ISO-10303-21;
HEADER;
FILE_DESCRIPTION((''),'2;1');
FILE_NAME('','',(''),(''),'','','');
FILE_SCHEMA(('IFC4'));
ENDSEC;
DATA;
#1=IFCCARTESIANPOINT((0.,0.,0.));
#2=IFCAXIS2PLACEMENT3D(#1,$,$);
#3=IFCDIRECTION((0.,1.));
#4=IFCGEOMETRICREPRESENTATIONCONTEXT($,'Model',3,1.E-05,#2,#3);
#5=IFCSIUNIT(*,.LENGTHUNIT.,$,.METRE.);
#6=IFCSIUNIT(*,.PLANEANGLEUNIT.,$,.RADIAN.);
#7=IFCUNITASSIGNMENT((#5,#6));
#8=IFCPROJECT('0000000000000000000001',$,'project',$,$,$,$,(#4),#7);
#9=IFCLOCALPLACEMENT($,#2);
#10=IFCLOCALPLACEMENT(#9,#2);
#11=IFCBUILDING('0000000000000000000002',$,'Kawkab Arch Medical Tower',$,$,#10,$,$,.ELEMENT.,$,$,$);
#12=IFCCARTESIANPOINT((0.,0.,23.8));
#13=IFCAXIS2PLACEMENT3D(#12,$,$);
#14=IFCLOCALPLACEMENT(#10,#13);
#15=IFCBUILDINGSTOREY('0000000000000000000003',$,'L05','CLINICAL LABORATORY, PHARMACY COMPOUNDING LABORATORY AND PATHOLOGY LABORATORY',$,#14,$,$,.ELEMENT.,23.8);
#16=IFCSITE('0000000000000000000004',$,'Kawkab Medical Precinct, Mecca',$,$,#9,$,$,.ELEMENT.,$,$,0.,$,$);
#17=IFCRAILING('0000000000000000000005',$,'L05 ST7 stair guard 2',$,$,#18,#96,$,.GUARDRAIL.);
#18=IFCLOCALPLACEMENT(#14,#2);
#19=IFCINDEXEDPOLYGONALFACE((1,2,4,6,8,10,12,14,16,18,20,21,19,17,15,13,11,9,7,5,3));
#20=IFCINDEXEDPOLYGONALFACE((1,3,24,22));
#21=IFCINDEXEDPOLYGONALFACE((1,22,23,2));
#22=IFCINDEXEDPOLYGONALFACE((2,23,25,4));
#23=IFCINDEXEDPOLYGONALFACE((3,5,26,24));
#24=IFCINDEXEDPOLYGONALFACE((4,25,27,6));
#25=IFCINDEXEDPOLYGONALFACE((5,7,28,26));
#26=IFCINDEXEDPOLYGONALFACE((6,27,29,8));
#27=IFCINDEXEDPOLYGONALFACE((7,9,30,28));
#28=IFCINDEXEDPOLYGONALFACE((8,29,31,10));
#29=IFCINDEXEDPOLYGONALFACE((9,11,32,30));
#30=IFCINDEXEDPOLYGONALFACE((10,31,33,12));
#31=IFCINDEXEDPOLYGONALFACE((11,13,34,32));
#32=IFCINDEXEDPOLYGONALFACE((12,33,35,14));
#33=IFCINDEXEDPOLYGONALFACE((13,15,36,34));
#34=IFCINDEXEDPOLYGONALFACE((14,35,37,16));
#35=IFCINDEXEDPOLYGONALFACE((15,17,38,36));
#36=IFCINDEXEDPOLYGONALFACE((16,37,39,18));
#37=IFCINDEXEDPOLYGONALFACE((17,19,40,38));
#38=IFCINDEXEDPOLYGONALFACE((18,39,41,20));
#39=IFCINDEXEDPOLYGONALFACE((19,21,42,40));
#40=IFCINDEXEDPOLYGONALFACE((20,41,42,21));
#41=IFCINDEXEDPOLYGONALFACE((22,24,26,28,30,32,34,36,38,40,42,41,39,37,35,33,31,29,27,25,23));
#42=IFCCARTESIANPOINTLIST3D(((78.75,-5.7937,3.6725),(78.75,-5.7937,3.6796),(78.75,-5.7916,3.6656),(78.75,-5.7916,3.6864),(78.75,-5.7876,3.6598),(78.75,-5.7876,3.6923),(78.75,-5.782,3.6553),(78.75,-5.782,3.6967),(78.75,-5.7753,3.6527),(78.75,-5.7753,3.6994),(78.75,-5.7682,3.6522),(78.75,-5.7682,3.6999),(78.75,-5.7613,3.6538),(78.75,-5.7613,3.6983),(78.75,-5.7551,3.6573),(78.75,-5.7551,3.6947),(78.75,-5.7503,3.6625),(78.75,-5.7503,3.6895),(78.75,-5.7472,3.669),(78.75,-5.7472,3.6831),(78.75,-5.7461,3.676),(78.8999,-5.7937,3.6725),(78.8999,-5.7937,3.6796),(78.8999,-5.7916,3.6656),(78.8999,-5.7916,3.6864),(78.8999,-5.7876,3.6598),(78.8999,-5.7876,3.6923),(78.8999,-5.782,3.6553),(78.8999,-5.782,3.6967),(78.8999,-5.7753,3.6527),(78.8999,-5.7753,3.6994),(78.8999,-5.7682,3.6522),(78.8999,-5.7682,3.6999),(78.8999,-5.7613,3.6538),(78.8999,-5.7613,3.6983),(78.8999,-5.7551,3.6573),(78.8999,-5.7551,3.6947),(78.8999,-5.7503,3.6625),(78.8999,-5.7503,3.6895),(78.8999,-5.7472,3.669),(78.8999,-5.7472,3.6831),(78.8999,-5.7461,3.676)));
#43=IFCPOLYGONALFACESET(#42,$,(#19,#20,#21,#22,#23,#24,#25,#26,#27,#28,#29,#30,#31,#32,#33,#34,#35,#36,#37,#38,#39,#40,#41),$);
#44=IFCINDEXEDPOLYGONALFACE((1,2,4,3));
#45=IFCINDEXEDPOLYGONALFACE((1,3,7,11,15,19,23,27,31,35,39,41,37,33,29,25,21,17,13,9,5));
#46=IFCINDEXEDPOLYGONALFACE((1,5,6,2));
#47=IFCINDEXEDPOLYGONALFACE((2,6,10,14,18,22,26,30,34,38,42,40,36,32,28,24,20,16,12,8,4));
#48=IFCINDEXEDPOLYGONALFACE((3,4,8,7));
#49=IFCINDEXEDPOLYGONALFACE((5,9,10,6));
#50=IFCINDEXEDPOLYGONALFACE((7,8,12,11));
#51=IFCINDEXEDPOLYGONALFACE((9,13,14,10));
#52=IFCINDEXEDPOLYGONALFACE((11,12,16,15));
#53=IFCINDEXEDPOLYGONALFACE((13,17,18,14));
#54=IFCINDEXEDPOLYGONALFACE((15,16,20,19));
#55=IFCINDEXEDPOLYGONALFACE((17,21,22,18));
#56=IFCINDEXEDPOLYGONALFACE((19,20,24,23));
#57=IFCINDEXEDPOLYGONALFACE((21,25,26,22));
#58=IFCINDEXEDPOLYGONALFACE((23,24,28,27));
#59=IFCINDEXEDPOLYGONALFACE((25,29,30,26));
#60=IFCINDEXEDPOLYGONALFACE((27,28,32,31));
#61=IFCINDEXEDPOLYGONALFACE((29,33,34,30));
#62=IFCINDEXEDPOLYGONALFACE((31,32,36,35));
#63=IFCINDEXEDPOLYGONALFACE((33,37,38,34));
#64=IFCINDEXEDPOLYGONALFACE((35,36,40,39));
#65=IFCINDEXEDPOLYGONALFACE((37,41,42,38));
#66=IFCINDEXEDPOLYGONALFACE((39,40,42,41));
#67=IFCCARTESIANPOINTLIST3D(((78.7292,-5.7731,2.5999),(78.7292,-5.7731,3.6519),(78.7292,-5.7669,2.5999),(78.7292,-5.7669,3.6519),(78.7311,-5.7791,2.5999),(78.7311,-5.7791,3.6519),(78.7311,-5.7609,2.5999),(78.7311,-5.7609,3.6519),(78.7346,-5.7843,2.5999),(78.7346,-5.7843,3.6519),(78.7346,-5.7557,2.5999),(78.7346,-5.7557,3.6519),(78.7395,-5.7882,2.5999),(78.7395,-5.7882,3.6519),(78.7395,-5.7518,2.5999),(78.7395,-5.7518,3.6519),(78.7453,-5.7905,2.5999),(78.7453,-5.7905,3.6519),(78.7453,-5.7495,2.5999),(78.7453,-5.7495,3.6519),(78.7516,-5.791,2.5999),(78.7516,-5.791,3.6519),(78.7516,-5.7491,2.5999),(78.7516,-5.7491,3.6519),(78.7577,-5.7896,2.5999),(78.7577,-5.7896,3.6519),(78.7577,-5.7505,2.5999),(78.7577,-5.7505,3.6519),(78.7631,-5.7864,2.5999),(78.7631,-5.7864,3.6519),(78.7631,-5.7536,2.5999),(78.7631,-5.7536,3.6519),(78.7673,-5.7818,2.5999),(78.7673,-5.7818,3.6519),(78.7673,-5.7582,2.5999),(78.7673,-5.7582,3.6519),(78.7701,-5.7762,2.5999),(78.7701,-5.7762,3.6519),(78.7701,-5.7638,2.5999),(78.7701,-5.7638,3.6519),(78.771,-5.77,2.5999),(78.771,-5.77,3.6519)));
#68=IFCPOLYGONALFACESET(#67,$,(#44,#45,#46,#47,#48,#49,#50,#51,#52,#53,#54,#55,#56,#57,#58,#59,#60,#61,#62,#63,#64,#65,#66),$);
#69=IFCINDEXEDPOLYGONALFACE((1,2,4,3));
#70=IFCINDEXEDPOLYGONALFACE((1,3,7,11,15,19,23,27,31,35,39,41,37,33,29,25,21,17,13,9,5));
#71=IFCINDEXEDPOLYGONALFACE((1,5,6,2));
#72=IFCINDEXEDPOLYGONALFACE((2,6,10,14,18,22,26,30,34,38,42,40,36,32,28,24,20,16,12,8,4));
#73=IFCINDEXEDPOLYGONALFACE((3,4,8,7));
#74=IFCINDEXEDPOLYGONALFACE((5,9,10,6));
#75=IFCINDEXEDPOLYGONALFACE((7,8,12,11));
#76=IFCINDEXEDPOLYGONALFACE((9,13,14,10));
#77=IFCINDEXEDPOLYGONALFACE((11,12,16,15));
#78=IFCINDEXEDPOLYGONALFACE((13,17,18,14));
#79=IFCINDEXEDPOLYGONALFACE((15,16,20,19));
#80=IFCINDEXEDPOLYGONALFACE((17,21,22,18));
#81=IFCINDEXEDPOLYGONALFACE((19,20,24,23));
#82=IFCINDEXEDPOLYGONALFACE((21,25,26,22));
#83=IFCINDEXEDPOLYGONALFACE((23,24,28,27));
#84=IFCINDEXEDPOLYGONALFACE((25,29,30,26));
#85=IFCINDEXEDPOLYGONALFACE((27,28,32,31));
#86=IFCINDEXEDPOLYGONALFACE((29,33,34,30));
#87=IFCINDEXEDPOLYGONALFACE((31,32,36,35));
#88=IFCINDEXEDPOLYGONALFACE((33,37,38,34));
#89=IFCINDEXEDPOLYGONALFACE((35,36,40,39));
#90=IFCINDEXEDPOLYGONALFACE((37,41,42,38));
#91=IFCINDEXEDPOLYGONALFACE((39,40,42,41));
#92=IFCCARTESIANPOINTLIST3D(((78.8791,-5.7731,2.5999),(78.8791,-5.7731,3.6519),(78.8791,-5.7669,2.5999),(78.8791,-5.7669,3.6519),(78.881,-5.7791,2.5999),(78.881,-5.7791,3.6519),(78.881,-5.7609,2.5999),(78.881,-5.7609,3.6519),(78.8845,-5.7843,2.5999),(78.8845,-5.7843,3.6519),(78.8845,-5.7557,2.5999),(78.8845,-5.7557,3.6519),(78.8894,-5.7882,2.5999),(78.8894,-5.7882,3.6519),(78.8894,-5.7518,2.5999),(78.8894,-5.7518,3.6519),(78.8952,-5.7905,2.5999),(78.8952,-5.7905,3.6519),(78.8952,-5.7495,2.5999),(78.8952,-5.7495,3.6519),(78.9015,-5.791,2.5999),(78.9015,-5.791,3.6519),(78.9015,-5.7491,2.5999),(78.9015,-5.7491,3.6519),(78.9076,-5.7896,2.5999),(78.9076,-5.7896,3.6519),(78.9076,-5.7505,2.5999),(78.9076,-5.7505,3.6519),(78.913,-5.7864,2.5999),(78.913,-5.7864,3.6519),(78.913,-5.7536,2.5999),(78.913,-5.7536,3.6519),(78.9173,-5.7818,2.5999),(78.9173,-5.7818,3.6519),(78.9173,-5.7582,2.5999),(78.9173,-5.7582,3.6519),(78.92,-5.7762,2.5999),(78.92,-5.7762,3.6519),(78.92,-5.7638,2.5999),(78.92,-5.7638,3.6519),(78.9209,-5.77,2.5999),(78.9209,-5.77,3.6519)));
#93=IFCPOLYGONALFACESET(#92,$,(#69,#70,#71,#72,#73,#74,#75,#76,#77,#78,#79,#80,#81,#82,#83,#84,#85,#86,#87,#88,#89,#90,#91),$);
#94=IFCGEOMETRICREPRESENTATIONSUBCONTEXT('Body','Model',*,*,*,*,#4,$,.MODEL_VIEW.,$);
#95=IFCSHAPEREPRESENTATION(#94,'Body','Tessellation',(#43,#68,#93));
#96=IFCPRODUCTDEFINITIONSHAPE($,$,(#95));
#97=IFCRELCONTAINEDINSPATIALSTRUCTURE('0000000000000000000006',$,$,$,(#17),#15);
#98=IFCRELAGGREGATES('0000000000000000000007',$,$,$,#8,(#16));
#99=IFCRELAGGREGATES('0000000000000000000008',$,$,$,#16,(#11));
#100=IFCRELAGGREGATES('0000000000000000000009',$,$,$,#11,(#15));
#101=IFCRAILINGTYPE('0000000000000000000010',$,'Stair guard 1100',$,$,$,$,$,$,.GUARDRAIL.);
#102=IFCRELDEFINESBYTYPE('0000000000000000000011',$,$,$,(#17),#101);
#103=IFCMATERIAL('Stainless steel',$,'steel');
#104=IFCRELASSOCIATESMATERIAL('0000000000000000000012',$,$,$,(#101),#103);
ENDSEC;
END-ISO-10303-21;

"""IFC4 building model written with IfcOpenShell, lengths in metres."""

from ifc_helpers import new_model, si_unit, direction, frame, origin, origin_2d, place, context, subcontext, project, spatial, circle, extrude, material, type_object, element, save


model = new_model("IFC4")

# Units and contexts
model_context = context("Model", 3, precision=1e-05, world=origin(), true_north=direction((0.0, 1.0)))
body_context = subcontext(model_context, "Body", "Model", "MODEL_VIEW")
ifc_project = project(units=[si_unit("LENGTHUNIT", "METRE"), si_unit("PLANEANGLEUNIT", "RADIAN")], contexts=[model_context])

# Site, building, storey
site_placement = place(None, origin())
site = spatial("IfcSite", under=ifc_project, at=site_placement, Name="Kawkab Medical Precinct, Mecca", CompositionType="ELEMENT", RefElevation=0.0)
building_placement = place(site_placement, origin())
building = spatial("IfcBuilding", under=site, at=building_placement, Name="Kawkab Arch Medical Tower", CompositionType="ELEMENT")
storey_placement = place(building_placement, frame((0.0, 0.0, 23.8)))
storey = spatial("IfcBuildingStorey", under=building, at=storey_placement, Name="L05", Description="CLINICAL LABORATORY, PHARMACY COMPOUNDING LABORATORY AND PATHOLOGY LABORATORY", CompositionType="ELEMENT", Elevation=23.8)

# Railing
ifc_material_1 = material(Name="Stainless steel", Category="steel")
railing_type = type_object("IfcRailingType", Name="Stair guard 1100", PredefinedType="GUARDRAIL", material=ifc_material_1)
railing_1_placement = place(storey_placement, frame((78.75, -5.77, 2.5999)))
element("IfcRailing", 1, at=railing_1_placement, inside=storey, type_object=railing_type, Name="L05 ST7 stair guard 2", PredefinedType="GUARDRAIL", context=body_context, shape_type="SweptSolid", body=[
    extrude(circle(Radius=0.0239, at=origin_2d()), frame((0.0, 0.0, 1.0762), z_axis=(1.0, 0.0, 0.0), x_axis=(0.0, 1.0, 0.0)), (0.0, 0.0, 1.0), 0.1499),
    extrude(circle(Radius=0.021, at=origin_2d()), origin(), (0.0, 0.0, 1.0), 1.052),
    extrude(circle(Radius=0.021, at=origin_2d()), frame((0.1499, 0.0, 0.0)), (0.0, 0.0, 1.0), 1.052),
])

save(model, "model.ifc")
